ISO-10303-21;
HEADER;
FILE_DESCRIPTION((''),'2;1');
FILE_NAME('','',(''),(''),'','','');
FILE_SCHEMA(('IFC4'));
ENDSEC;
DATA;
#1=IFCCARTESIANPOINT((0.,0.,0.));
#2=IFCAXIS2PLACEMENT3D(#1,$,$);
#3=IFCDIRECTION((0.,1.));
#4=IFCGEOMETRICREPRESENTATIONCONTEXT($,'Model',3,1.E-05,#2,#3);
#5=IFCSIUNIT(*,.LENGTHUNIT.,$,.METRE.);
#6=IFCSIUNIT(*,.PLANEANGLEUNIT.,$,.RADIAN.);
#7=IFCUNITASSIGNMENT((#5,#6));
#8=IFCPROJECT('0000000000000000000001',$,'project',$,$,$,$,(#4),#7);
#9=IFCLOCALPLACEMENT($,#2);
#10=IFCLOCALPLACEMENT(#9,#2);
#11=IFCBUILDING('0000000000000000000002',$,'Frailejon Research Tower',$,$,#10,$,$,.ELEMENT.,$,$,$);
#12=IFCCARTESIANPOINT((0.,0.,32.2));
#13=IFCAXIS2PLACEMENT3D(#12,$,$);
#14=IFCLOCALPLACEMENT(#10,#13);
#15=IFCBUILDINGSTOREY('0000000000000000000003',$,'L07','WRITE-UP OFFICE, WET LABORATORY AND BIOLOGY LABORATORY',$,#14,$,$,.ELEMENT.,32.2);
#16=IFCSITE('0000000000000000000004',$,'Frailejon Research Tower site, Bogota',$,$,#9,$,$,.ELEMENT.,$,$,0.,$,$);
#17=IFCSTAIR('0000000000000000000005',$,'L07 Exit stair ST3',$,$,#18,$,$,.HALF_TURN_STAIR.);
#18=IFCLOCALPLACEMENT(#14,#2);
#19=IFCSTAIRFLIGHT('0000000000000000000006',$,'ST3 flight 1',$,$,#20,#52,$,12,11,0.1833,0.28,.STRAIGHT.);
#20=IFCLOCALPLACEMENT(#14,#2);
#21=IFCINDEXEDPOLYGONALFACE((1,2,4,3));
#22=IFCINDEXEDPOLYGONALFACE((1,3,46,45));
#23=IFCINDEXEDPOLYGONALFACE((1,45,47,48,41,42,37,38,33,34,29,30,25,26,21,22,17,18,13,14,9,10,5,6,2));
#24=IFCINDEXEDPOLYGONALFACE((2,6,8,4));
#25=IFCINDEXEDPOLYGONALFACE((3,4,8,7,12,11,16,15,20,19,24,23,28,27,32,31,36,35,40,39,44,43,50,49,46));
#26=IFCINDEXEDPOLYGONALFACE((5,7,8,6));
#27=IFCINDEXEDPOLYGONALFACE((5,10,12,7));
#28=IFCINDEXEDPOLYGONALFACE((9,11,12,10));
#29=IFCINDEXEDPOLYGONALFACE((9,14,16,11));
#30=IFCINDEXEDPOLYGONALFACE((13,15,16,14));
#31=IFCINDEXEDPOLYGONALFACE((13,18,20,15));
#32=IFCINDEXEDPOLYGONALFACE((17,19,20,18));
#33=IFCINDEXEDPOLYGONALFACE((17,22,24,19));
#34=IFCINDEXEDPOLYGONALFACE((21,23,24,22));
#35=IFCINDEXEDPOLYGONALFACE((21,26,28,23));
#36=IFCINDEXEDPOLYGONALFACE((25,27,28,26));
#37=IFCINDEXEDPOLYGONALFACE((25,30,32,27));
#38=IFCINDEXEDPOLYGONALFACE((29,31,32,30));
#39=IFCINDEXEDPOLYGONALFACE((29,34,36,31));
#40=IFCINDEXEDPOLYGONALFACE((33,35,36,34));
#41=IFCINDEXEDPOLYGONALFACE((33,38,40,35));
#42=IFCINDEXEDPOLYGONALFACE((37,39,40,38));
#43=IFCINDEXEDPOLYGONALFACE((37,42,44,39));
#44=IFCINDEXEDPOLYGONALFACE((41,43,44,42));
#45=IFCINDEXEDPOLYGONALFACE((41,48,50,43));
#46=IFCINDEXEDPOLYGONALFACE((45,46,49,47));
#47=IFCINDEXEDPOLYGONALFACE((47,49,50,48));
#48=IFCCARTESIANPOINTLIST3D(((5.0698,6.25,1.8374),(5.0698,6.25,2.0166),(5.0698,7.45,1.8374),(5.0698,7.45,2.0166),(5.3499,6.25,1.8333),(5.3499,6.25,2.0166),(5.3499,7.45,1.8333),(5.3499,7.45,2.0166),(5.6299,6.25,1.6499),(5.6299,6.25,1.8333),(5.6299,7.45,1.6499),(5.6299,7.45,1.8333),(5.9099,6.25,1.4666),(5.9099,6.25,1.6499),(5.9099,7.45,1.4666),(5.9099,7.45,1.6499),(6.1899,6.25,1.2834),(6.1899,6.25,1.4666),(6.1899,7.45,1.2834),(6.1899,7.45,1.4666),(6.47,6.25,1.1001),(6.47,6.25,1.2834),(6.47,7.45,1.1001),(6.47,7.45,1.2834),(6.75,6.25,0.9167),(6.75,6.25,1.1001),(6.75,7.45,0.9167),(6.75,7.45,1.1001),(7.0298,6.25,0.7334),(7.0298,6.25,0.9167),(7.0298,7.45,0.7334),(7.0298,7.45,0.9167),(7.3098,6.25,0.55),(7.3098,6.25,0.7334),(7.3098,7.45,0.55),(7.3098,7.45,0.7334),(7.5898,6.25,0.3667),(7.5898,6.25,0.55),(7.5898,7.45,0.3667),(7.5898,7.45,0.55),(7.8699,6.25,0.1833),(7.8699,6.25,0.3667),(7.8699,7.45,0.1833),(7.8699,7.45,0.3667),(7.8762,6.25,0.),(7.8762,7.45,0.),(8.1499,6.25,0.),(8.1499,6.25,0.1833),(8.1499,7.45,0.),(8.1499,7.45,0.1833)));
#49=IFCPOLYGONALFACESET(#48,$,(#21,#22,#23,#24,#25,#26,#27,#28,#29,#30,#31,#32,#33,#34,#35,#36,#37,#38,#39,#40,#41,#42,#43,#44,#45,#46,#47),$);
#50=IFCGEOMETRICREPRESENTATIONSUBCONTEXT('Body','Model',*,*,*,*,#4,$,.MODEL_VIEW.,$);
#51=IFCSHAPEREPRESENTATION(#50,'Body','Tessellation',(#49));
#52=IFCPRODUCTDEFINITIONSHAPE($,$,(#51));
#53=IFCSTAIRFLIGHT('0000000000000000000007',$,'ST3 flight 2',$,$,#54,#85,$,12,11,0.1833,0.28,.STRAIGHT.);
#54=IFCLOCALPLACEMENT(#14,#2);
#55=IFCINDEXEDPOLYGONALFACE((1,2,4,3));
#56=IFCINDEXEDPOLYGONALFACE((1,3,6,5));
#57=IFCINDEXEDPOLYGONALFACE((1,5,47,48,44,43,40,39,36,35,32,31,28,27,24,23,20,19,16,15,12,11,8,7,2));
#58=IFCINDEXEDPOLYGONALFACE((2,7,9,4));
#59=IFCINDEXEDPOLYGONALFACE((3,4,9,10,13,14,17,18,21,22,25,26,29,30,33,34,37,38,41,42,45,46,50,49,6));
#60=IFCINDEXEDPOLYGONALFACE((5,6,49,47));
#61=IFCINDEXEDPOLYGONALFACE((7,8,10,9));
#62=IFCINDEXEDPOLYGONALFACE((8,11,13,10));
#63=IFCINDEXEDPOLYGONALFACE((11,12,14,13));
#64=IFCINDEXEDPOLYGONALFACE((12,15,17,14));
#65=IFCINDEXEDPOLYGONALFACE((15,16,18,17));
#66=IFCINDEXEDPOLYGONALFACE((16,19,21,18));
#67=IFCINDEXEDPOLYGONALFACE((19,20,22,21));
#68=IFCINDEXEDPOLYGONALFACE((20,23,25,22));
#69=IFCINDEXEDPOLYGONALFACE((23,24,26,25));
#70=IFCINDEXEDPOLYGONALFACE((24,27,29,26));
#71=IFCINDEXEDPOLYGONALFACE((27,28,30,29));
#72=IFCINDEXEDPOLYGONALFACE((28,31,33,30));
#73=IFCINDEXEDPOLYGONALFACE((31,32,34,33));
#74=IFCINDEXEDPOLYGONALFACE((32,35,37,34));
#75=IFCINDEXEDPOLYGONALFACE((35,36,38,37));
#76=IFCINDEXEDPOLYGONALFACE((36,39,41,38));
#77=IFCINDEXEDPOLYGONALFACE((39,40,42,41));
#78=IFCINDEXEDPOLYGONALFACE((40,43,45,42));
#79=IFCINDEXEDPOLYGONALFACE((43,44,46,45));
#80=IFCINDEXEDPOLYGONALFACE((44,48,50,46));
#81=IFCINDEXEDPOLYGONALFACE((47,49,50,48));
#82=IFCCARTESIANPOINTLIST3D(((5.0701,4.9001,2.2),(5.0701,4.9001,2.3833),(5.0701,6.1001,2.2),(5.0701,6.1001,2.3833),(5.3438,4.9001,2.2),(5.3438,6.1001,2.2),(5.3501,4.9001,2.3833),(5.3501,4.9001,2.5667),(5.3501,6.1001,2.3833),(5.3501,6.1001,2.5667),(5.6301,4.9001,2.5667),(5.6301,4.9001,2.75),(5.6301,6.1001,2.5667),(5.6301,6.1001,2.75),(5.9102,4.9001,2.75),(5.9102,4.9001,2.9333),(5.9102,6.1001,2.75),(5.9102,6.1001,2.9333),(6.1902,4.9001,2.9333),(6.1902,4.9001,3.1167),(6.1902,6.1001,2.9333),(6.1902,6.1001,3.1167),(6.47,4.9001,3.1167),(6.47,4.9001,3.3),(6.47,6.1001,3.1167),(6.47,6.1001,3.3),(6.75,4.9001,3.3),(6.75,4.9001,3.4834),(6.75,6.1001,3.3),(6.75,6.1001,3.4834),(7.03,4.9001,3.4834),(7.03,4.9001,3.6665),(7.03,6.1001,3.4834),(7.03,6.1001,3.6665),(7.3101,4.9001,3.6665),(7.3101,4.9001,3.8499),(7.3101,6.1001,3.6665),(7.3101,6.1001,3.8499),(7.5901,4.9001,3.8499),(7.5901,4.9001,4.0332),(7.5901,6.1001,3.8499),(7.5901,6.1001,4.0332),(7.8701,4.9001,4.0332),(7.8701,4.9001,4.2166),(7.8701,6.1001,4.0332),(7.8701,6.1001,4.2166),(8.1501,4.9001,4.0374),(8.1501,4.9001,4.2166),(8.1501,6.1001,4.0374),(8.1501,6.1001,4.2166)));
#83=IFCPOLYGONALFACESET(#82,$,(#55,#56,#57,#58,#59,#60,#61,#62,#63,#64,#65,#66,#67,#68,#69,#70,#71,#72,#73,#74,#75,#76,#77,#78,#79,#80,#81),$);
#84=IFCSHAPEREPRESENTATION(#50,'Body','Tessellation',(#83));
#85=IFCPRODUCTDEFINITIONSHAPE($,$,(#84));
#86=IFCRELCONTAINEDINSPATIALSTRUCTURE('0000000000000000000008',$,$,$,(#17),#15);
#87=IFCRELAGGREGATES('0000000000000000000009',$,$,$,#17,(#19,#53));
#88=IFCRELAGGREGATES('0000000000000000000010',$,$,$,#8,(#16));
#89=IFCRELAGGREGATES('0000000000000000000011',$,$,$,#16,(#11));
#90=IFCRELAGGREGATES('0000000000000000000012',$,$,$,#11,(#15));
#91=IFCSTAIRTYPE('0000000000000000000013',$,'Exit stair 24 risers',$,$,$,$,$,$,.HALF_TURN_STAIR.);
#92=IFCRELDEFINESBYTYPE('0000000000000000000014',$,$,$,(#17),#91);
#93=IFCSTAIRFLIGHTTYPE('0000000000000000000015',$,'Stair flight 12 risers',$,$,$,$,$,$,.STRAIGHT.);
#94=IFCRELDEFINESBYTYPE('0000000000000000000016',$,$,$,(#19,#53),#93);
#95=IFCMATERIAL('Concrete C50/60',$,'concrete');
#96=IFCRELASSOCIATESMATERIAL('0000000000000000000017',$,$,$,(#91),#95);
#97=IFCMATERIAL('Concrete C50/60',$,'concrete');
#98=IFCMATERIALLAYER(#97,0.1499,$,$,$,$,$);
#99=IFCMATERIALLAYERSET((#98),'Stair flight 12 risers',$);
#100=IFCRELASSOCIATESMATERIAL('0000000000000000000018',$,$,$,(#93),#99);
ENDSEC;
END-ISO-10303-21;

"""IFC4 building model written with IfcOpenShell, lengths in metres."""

from ifc_helpers import new_model, si_unit, direction, frame, origin, place, context, subcontext, project, spatial, polyline, outline, extrude, material, layer, layer_set, type_object, element, aggregate, save


model = new_model("IFC4")

# Units and contexts
model_context = context("Model", 3, precision=1e-05, world=origin(), true_north=direction((0.0, 1.0)))
body_context = subcontext(model_context, "Body", "Model", "MODEL_VIEW")
ifc_project = project(units=[si_unit("LENGTHUNIT", "METRE"), si_unit("PLANEANGLEUNIT", "RADIAN")], contexts=[model_context])

# Site, building, storey
site_placement = place(None, origin())
site = spatial("IfcSite", under=ifc_project, at=site_placement, Name="Frailejon Research Tower site, Bogota", CompositionType="ELEMENT", RefElevation=0.0)
building_placement = place(site_placement, origin())
building = spatial("IfcBuilding", under=site, at=building_placement, Name="Frailejon Research Tower", CompositionType="ELEMENT")
storey_placement = place(building_placement, frame((0.0, 0.0, 32.2)))
storey = spatial("IfcBuildingStorey", under=building, at=storey_placement, Name="L07", Description="WRITE-UP OFFICE, WET LABORATORY AND BIOLOGY LABORATORY", CompositionType="ELEMENT", Elevation=32.2)

# Stair
ifc_material_1 = material(Name="Concrete C50/60", Category="concrete")
stair_type = type_object("IfcStairType", Name="Exit stair 24 risers", PredefinedType="HALF_TURN_STAIR", material=ifc_material_1)
stair_placement = place(storey_placement, origin())
stair = element("IfcStair", 1, at=stair_placement, inside=storey, type_object=stair_type, Name="L07 Exit stair ST3", PredefinedType="HALF_TURN_STAIR")

# Stair flights
ifc_material_2 = material(Name="Concrete C50/60", Category="concrete")
ifc_layer_1 = layer(ifc_material_2, 0.1499)
ifc_layer_set_1 = layer_set([ifc_layer_1], Name="Stair flight 12 risers")
stair_flight_type = type_object("IfcStairFlightType", Name="Stair flight 12 risers", PredefinedType="STRAIGHT", material=ifc_layer_set_1)
stair_flight_1_placement = place(storey_placement, frame((8.1499, 6.8501, 0.0), z_axis=(0.0, 0.0, 1.0), x_axis=(-1.0, 0.0, 0.0)))
stair_flight_1 = element("IfcStairFlight", 2, at=stair_flight_1_placement, type_object=stair_flight_type, Name="ST3 flight 1", NumberOfRisers=12, NumberOfTreads=11, PredefinedType="STRAIGHT", RiserHeight=0.1833, TreadLength=0.28, context=body_context, shape_type="SweptSolid", body=[
    extrude(outline(polyline([(0.0, 0.0), (0.0, 0.1833), (0.28, 0.1833), (0.28, 0.3667), (0.5601, 0.3667), (0.5601, 0.55), (0.8401, 0.55), (0.8401, 0.7334), (1.1201, 0.7334), (1.1201, 0.9167), (1.3999, 0.9167), (1.3999, 1.1001), (1.6799, 1.1001), (1.6799, 1.2834), (1.96, 1.2834), (1.96, 1.4666), (2.24, 1.4666), (2.24, 1.6499), (2.52, 1.6499), (2.52, 1.8333), (2.8, 1.8333), (2.8, 2.0166), (3.0801, 2.0166), (3.0801, 2.2), (3.0801, 1.8374), (0.2737, 0.0), (0.0, 0.0)])), frame((0.0, 0.6001, 0.0), z_axis=(0.0, -1.0, 0.0), x_axis=(1.0, 0.0, 0.0)), (0.0, 0.0, 1.0), 1.2),
])
stair_flight_2_placement = place(storey_placement, frame((5.0701, 5.5, 2.2), z_axis=(0.0, 0.0, 1.0), x_axis=(1.0, 0.0, 0.0)))
stair_flight_2 = element("IfcStairFlight", 3, at=stair_flight_2_placement, type_object=stair_flight_type, Name="ST3 flight 2", NumberOfRisers=12, NumberOfTreads=11, PredefinedType="STRAIGHT", RiserHeight=0.1833, TreadLength=0.28, context=body_context, shape_type="SweptSolid", body=[
    extrude(outline(polyline([(0.0, 0.0), (0.0, 0.1833), (0.28, 0.1833), (0.28, 0.3667), (0.5601, 0.3667), (0.5601, 0.55), (0.8401, 0.55), (0.8401, 0.7334), (1.1201, 0.7334), (1.1201, 0.9167), (1.3999, 0.9167), (1.3999, 1.1001), (1.6799, 1.1001), (1.6799, 1.2834), (1.96, 1.2834), (1.96, 1.4666), (2.24, 1.4666), (2.24, 1.6499), (2.52, 1.6499), (2.52, 1.8333), (2.8, 1.8333), (2.8, 2.0166), (3.0801, 2.0166), (3.0801, 2.2), (3.0801, 1.8374), (0.2737, 0.0), (0.0, 0.0)])), frame((0.0, 0.6001, 0.0), z_axis=(0.0, -1.0, 0.0), x_axis=(1.0, 0.0, 0.0)), (0.0, 0.0, 1.0), 1.2),
])
aggregate(stair, [stair_flight_1, stair_flight_2])

save(model, "model.ifc")
